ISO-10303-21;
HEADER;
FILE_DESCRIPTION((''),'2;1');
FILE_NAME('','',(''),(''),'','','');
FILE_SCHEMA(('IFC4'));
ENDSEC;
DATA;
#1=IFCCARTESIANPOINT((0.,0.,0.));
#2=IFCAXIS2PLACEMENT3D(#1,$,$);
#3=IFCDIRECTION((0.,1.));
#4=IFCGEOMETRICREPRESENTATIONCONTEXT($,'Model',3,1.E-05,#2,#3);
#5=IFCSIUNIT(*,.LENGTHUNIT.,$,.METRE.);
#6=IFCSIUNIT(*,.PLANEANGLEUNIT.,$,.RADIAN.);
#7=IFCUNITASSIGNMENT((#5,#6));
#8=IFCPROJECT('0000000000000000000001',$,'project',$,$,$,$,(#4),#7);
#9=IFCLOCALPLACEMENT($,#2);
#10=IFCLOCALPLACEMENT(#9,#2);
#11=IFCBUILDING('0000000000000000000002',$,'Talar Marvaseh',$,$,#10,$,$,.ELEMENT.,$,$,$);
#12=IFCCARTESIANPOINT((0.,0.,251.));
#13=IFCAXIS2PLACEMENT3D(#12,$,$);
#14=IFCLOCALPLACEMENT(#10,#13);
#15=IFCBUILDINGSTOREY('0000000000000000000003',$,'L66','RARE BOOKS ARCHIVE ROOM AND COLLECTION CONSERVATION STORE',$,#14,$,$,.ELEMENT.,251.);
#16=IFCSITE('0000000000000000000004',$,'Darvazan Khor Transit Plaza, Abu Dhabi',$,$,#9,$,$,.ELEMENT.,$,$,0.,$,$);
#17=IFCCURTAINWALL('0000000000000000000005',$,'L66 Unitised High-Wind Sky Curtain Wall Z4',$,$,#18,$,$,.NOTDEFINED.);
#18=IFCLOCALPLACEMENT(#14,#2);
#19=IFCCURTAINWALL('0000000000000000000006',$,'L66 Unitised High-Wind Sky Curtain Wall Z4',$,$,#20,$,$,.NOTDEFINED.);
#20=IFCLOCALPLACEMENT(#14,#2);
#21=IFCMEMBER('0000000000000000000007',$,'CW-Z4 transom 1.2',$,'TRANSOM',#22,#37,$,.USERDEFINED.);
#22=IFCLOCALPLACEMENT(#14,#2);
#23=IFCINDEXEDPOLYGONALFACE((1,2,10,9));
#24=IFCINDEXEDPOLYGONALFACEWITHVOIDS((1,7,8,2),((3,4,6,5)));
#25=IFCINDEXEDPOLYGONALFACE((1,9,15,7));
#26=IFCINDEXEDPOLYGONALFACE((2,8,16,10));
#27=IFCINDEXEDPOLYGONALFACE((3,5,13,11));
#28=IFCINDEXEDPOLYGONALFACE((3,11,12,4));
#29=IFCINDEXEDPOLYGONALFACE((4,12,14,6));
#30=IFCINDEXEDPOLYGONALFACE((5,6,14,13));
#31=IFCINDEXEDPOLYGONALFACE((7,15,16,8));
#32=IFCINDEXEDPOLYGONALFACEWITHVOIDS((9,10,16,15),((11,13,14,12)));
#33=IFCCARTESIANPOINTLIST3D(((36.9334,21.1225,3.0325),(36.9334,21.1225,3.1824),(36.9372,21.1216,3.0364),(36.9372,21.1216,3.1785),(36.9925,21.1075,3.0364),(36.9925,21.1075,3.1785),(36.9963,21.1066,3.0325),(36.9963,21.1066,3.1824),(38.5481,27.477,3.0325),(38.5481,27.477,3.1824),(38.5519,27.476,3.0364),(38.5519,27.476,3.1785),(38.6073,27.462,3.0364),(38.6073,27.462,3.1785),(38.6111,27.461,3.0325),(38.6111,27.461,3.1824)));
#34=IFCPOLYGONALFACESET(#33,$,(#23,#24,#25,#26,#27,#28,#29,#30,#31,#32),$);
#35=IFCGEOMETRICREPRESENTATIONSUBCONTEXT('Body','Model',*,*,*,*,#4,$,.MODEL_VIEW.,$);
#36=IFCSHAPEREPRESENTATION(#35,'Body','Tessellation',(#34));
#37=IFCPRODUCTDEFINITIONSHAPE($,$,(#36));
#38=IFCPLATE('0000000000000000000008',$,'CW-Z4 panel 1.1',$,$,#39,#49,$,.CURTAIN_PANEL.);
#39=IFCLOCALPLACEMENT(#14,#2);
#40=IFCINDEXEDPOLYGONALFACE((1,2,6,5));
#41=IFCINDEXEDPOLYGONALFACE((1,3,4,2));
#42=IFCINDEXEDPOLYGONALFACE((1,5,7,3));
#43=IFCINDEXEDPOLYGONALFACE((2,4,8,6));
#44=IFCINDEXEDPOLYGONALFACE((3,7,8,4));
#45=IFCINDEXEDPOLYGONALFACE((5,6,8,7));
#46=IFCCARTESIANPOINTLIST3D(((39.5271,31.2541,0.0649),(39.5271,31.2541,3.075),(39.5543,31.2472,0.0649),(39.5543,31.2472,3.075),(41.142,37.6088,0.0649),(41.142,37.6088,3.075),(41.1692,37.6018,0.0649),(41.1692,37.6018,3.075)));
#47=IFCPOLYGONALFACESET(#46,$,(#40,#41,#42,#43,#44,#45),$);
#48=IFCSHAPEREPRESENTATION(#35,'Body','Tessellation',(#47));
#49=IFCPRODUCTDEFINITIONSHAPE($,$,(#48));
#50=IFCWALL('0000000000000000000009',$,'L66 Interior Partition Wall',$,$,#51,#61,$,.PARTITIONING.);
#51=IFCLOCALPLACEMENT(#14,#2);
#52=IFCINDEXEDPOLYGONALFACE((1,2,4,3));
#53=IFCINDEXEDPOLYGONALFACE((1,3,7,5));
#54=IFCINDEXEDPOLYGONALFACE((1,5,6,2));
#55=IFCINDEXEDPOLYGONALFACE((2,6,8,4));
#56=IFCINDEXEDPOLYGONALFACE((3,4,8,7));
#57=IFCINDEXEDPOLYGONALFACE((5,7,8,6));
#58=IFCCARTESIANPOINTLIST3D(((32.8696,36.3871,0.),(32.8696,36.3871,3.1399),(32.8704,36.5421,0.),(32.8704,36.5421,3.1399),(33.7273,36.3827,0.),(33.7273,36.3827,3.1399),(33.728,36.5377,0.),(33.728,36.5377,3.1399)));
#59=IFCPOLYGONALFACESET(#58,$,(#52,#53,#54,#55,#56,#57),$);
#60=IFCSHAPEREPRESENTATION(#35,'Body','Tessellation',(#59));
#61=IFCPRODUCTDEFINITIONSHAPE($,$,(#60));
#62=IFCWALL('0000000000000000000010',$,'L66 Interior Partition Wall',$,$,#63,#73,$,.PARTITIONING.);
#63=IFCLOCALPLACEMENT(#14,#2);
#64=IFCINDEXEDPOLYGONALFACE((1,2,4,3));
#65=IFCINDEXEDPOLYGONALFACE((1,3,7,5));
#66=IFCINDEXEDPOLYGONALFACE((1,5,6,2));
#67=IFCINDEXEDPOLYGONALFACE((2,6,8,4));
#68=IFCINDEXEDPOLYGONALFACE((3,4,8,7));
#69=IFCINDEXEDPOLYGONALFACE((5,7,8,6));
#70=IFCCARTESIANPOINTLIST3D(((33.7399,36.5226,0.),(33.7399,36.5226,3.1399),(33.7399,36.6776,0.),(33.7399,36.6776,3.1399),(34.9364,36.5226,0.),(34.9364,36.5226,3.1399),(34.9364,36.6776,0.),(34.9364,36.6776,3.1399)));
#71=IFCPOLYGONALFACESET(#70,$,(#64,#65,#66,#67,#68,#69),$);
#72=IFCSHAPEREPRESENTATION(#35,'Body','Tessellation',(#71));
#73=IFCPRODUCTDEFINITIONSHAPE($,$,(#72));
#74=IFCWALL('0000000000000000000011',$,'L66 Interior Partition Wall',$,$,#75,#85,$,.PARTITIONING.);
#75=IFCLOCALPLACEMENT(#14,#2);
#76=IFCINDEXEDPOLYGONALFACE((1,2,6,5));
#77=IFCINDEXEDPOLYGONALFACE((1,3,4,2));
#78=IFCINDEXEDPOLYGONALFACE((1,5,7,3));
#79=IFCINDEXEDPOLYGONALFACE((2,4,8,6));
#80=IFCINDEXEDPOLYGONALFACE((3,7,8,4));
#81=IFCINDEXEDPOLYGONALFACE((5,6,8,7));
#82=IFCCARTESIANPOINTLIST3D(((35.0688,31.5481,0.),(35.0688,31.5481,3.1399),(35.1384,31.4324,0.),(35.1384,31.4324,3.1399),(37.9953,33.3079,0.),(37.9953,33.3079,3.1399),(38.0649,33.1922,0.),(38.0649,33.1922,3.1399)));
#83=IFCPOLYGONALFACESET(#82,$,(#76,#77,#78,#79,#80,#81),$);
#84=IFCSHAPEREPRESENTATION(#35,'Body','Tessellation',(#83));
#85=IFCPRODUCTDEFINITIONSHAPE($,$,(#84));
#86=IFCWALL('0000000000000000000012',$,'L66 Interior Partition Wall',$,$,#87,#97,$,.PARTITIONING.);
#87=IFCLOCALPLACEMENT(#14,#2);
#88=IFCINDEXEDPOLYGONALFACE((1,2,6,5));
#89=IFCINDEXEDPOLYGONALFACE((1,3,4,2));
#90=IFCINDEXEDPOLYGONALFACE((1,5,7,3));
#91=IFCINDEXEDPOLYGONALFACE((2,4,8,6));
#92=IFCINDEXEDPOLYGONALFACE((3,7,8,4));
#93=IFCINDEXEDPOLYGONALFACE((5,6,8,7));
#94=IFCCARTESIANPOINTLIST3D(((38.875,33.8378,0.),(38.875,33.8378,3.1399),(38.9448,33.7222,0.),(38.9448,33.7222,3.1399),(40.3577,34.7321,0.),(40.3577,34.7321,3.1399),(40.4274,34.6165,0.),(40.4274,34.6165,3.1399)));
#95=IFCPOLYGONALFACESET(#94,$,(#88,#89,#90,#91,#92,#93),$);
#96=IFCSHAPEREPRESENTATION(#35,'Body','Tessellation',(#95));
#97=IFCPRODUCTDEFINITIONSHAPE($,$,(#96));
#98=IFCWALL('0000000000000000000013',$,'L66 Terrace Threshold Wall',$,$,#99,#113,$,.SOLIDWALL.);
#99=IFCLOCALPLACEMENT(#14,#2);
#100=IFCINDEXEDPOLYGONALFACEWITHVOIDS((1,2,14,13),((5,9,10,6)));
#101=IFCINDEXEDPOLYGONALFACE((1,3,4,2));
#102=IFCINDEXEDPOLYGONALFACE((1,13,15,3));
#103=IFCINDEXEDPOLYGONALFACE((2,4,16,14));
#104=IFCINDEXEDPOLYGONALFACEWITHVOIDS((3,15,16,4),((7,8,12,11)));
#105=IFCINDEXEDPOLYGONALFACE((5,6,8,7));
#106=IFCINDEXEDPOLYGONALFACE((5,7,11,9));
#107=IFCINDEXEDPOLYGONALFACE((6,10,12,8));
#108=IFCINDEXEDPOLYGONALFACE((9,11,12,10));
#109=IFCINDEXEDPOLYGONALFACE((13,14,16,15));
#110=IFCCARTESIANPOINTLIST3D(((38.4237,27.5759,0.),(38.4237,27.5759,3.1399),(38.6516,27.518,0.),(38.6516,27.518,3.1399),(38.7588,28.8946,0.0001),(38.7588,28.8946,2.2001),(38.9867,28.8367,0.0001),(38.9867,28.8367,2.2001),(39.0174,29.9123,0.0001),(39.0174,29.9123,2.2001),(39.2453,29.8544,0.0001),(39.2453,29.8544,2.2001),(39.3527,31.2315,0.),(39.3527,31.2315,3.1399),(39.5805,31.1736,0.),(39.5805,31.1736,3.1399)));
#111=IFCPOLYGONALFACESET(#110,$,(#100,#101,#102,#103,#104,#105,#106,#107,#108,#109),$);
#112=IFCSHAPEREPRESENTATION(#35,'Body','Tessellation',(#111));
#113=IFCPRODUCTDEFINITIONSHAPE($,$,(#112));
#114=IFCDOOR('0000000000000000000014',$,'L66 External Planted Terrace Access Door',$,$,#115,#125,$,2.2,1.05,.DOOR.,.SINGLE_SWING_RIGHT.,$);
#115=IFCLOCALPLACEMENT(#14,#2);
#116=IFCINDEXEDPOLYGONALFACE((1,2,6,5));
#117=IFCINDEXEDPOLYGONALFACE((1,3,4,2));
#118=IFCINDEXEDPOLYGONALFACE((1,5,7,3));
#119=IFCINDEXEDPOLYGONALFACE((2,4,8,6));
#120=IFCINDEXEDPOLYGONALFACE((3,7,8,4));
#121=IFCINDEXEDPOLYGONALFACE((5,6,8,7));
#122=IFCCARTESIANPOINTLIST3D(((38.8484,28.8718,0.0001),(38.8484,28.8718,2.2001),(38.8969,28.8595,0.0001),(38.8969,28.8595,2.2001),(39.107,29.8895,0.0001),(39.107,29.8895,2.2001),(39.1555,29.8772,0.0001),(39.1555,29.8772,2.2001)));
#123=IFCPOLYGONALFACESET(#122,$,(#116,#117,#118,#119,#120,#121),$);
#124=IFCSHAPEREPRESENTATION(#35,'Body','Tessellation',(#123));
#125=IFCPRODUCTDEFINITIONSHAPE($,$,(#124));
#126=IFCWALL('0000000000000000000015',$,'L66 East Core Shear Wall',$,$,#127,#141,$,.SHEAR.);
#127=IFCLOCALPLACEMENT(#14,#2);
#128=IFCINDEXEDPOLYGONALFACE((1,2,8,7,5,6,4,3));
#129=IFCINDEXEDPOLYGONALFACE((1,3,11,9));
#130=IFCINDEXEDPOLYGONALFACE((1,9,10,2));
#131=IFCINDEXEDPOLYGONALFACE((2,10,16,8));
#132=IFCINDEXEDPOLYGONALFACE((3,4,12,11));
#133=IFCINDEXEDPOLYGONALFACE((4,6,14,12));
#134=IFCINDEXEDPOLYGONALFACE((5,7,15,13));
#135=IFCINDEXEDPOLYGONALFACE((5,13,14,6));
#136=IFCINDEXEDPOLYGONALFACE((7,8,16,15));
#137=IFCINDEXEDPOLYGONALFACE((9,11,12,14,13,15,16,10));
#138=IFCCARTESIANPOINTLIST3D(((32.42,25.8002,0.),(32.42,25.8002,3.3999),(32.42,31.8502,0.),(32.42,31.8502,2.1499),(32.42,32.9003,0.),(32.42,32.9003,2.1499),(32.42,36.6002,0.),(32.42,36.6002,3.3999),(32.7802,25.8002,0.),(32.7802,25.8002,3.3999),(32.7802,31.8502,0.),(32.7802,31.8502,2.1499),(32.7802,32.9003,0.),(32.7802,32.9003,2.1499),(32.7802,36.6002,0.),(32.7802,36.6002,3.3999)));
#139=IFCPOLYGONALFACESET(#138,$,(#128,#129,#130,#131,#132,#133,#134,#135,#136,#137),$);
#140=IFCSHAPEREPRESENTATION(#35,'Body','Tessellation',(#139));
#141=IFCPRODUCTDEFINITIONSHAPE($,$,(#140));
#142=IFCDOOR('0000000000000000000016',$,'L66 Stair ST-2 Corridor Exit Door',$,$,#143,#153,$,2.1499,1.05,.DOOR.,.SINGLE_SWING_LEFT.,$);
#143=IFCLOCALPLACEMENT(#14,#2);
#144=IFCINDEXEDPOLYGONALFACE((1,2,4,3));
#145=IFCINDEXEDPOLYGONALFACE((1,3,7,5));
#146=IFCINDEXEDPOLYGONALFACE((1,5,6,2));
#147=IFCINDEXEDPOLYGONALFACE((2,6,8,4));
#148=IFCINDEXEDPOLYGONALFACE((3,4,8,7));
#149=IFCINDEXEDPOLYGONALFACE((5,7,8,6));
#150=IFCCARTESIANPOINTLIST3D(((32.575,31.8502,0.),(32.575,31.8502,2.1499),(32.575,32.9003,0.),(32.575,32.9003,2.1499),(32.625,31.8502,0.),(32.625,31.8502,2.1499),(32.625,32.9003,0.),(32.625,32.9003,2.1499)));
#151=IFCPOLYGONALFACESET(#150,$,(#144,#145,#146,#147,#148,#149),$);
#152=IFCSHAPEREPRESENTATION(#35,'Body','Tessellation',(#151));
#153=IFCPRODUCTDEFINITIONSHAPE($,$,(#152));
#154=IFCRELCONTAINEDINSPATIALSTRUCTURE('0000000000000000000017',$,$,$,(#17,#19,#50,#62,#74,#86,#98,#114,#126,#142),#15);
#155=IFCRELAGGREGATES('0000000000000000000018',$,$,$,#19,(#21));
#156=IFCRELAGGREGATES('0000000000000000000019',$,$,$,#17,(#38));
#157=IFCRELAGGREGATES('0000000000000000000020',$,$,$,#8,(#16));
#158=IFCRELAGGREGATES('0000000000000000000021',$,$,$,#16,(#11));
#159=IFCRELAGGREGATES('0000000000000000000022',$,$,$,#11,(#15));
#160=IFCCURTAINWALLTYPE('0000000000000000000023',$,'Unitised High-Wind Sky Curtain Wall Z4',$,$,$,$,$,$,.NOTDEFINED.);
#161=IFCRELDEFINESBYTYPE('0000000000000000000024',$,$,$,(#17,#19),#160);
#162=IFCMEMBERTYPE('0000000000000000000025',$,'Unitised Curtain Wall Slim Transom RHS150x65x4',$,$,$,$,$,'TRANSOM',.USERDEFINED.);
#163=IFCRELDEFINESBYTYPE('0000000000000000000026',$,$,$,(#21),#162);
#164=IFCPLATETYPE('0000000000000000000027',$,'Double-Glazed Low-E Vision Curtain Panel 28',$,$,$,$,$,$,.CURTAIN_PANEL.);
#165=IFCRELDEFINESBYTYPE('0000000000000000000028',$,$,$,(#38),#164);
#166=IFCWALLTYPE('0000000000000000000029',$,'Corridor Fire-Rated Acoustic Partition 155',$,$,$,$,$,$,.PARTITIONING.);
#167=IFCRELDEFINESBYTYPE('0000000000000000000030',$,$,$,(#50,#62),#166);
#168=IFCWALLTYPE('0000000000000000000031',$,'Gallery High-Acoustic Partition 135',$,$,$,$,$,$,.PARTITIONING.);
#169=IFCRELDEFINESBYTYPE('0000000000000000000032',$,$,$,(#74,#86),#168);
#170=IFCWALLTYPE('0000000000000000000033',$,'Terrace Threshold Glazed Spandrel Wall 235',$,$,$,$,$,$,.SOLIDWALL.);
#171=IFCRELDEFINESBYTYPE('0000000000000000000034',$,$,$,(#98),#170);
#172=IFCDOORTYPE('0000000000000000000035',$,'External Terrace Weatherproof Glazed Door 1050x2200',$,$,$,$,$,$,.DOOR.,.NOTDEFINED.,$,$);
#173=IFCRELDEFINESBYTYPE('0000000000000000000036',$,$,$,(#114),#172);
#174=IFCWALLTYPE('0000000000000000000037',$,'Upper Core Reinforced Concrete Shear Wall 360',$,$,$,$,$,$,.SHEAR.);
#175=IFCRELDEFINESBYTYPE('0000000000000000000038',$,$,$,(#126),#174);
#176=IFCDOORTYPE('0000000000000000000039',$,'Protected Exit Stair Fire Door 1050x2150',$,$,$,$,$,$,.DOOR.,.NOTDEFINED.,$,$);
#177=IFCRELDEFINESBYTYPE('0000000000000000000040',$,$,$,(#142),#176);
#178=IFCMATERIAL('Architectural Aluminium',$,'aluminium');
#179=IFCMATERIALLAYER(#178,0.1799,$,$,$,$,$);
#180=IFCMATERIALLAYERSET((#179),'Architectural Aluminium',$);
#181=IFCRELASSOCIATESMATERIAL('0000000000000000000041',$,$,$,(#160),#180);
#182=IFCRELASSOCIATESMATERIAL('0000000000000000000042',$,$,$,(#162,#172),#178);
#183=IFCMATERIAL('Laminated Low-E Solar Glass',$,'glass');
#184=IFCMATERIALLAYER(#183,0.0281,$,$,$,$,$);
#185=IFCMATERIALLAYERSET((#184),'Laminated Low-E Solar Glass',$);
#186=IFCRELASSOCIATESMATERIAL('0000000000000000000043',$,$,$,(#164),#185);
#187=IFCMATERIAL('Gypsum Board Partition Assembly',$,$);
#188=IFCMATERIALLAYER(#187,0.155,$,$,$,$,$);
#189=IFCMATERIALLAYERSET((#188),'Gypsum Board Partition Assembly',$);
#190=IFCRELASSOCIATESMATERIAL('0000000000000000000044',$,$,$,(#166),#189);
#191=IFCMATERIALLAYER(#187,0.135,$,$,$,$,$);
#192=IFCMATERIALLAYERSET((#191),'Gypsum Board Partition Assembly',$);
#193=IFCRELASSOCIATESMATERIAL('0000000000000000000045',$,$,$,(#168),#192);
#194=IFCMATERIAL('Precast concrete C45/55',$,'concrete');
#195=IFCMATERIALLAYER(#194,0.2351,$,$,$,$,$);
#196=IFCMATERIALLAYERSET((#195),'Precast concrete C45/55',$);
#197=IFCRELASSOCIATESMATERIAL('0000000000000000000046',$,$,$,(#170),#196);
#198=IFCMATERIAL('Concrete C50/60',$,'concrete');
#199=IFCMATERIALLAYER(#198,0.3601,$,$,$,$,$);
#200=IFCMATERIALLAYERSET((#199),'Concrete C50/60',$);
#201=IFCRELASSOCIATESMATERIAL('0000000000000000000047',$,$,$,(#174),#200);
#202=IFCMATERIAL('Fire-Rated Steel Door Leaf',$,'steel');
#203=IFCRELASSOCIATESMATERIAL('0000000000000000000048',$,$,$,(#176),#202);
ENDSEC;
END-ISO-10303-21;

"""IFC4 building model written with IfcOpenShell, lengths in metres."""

from ifc_helpers import new_model, si_unit, direction, frame, frame_2d, origin, origin_2d, place, context, subcontext, project, spatial, rectangle, hollow_rectangle, extrude, source, transform, mapped, material, layer, layer_set, material_profile, profile_set, type_object, type_shapes, element, fill, aggregate, save


model = new_model("IFC4")

# Units and contexts
model_context = context("Model", 3, precision=1e-05, world=origin(), true_north=direction((0.0, 1.0)))
body_context = subcontext(model_context, "Body", "Model", "MODEL_VIEW")
ifc_project = project(units=[si_unit("LENGTHUNIT", "METRE"), si_unit("PLANEANGLEUNIT", "RADIAN")], contexts=[model_context])

# Site, building, storey
site_placement = place(None, origin())
site = spatial("IfcSite", under=ifc_project, at=site_placement, Name="Darvazan Khor Transit Plaza, Abu Dhabi", CompositionType="ELEMENT", RefElevation=0.0)
building_placement = place(site_placement, origin())
building = spatial("IfcBuilding", under=site, at=building_placement, Name="Talar Marvaseh", CompositionType="ELEMENT")
storey_placement = place(building_placement, frame((0.0, 0.0, 251.0)))
storey = spatial("IfcBuildingStorey", under=building, at=storey_placement, Name="L66", Description="RARE BOOKS ARCHIVE ROOM AND COLLECTION CONSERVATION STORE", CompositionType="ELEMENT", Elevation=251.0)

# Shared definitions
ifc_material_1 = material(Name="Concrete C50/60", Category="concrete")

# Curtain wall
ifc_material_2 = material(Name="Architectural Aluminium", Category="aluminium")
ifc_layer_1 = layer(ifc_material_2, 0.1799)
ifc_layer_set_1 = layer_set([ifc_layer_1], Name="Architectural Aluminium")
curtain_wall_type = type_object("IfcCurtainWallType", Name="Unitised High-Wind Sky Curtain Wall Z4", PredefinedType="NOTDEFINED", material=ifc_layer_set_1)
curtain_wall_1_placement = place(storey_placement, origin())
curtain_wall_1 = element("IfcCurtainWall", 1, at=curtain_wall_1_placement, inside=storey, type_object=curtain_wall_type, Name="L66 Unitised High-Wind Sky Curtain Wall Z4", PredefinedType="NOTDEFINED")

# Curtain wall, member
curtain_wall_2_placement = place(storey_placement, origin())
curtain_wall_2 = element("IfcCurtainWall", 2, at=curtain_wall_2_placement, inside=storey, type_object=curtain_wall_type, Name="L66 Unitised High-Wind Sky Curtain Wall Z4", PredefinedType="NOTDEFINED")
ifc_material_profile_1 = material_profile(ifc_material_2, hollow_rectangle(XDim=0.0649, YDim=0.1499, WallThickness=0.0039, at=origin_2d()), Name="RHS150x65x4")
ifc_profile_set_1 = profile_set([ifc_material_profile_1], Name="Architectural Aluminium")
member_type_1 = type_object("IfcMemberType", Name="Unitised Curtain Wall Slim Transom RHS150x65x4", ElementType="TRANSOM", PredefinedType="USERDEFINED", material=ifc_profile_set_1)
shared_shape_1 = source(origin(), body_context, "Body", "SweptSolid", [
    extrude(hollow_rectangle(XDim=0.0649, YDim=0.1499, WallThickness=0.0039, at=origin_2d()), origin(), (0.0, 0.0, 1.0), 6.5564),
])
type_shapes(member_type_1, [shared_shape_1])
member_1_placement = place(storey_placement, frame((38.5796, 27.469, 3.1074), z_axis=(-0.246284, -0.969198, 0.0), x_axis=(0.969198, -0.246284, 0.0)))
member_1 = element("IfcMember", 3, at=member_1_placement, type_object=member_type_1, Name="CW-Z4 transom 1.2", ObjectType="TRANSOM", PredefinedType="USERDEFINED", context=body_context, shape_type="MappedRepresentation", body=[
    mapped(shared_shape_1, transform((0.0, 0.0, 0.0), x_axis=(1.0, 0.0, 0.0), y_axis=(0.0, 1.0, 0.0), z_axis=(0.0, 0.0, 1.0), scale=1.0)),
])
aggregate(curtain_wall_2, [member_1])

# Plate
ifc_material_3 = material(Name="Laminated Low-E Solar Glass", Category="glass")
ifc_layer_2 = layer(ifc_material_3, 0.0281)
ifc_layer_set_2 = layer_set([ifc_layer_2], Name="Laminated Low-E Solar Glass")
plate_type = type_object("IfcPlateType", Name="Double-Glazed Low-E Vision Curtain Panel 28", PredefinedType="CURTAIN_PANEL", material=ifc_layer_set_2)
shared_shape_2 = source(origin(), body_context, "Body", "SweptSolid", [
    extrude(rectangle(XDim=6.5566, YDim=0.0281, at=origin_2d()), origin(), (0.0, 0.0, 1.0), 3.01),
])
type_shapes(plate_type, [shared_shape_2])
plate_placement = place(storey_placement, frame((40.3481, 34.428, 0.0649), z_axis=(0.0, 0.0, 1.0), x_axis=(-0.246299, -0.969194, 0.0)))
plate = element("IfcPlate", 4, at=plate_placement, type_object=plate_type, Name="CW-Z4 panel 1.1", PredefinedType="CURTAIN_PANEL", context=body_context, shape_type="MappedRepresentation", body=[
    mapped(shared_shape_2, transform((0.0, 0.0, 0.0), x_axis=(1.0, 0.0, 0.0), y_axis=(0.0, 1.0, 0.0), z_axis=(0.0, 0.0, 1.0), scale=1.0)),
])
aggregate(curtain_wall_1, [plate])

# Walls
ifc_material_4 = material(Name="Gypsum Board Partition Assembly")
ifc_layer_3 = layer(ifc_material_4, 0.155)
ifc_layer_set_3 = layer_set([ifc_layer_3], Name="Gypsum Board Partition Assembly")
wall_type_1 = type_object("IfcWallType", Name="Corridor Fire-Rated Acoustic Partition 155", PredefinedType="PARTITIONING", material=ifc_layer_set_3)
wall_1_placement = place(storey_placement, frame((32.8701, 36.4646, 0.0), z_axis=(0.0, 0.0, 1.0), x_axis=(0.999987, -0.005124, 0.0)))
element("IfcWall", 5, at=wall_1_placement, inside=storey, type_object=wall_type_1, Name="L66 Interior Partition Wall", PredefinedType="PARTITIONING", context=body_context, shape_type="SweptSolid", body=[
    extrude(rectangle(XDim=0.8577, YDim=0.155, at=frame_2d((0.4287, 0.0))), origin(), (0.0, 0.0, 1.0), 3.1399),
])
wall_2_placement = place(storey_placement, frame((33.74, 36.6001, 0.0), z_axis=(0.0, 0.0, 1.0), x_axis=(1.0, 0.0, 0.0)))
element("IfcWall", 6, at=wall_2_placement, inside=storey, type_object=wall_type_1, Name="L66 Interior Partition Wall", PredefinedType="PARTITIONING", context=body_context, shape_type="SweptSolid", body=[
    extrude(rectangle(XDim=1.1965, YDim=0.155, at=frame_2d((0.5981, 0.0))), origin(), (0.0, 0.0, 1.0), 3.1399),
])
ifc_layer_4 = layer(ifc_material_4, 0.135)
ifc_layer_set_4 = layer_set([ifc_layer_4], Name="Gypsum Board Partition Assembly")
wall_type_2 = type_object("IfcWallType", Name="Gallery High-Acoustic Partition 135", PredefinedType="PARTITIONING", material=ifc_layer_set_4)
wall_3_placement = place(storey_placement, frame((35.1035, 31.4902, 0.0), z_axis=(0.0, 0.0, 1.0), x_axis=(0.856994, 0.515326, 0.0)))
element("IfcWall", 7, at=wall_3_placement, inside=storey, type_object=wall_type_2, Name="L66 Interior Partition Wall", PredefinedType="PARTITIONING", context=body_context, shape_type="SweptSolid", body=[
    extrude(rectangle(XDim=3.4148, YDim=0.135, at=frame_2d((1.7075, 0.0))), origin(), (0.0, 0.0, 1.0), 3.1399),
])
wall_4_placement = place(storey_placement, frame((38.9099, 33.78, 0.0), z_axis=(0.0, 0.0, 1.0), x_axis=(0.856296, 0.516485, 0.0)))
element("IfcWall", 8, at=wall_4_placement, inside=storey, type_object=wall_type_2, Name="L66 Interior Partition Wall", PredefinedType="PARTITIONING", context=body_context, shape_type="SweptSolid", body=[
    extrude(rectangle(XDim=1.7314, YDim=0.135, at=frame_2d((0.8657, 0.0))), origin(), (0.0, 0.0, 1.0), 3.1399),
])

# Walls, openings, doors
ifc_material_5 = material(Name="Precast concrete C45/55", Category="concrete")
ifc_layer_5 = layer(ifc_material_5, 0.2351)
ifc_layer_set_5 = layer_set([ifc_layer_5], Name="Precast concrete C45/55")
wall_type_3 = type_object("IfcWallType", Name="Terrace Threshold Glazed Spandrel Wall 235", PredefinedType="SOLIDWALL", material=ifc_layer_set_5)
wall_5_placement = place(storey_placement, frame((39.4666, 31.2024, 0.0), z_axis=(0.0, 0.0, 1.0), x_axis=(-0.246296, -0.969195, 0.0)))
wall_5 = element("IfcWall", 9, at=wall_5_placement, inside=storey, type_object=wall_type_3, Name="L66 Terrace Threshold Wall", PredefinedType="SOLIDWALL", context=body_context, shape_type="SweptSolid", body=[
    extrude(rectangle(XDim=3.7717, YDim=0.2351, at=frame_2d((1.8857, 0.0))), origin(), (0.0, 0.0, 1.0), 3.1399),
])
opening_1_placement = place(wall_5_placement, frame((1.3611, 0.0, 0.0)))
opening_1 = element("IfcOpeningElement", 10, at=opening_1_placement, cuts=wall_5, PredefinedType="OPENING", context=body_context, shape_type="SweptSolid", body=[
    extrude(rectangle(XDim=1.05, YDim=2.2, at=frame_2d((0.5249, 1.1001))), frame((0.0, 0.1274, 0.0), z_axis=(0.0, -1.0, 0.0), x_axis=(1.0, 0.0, 0.0)), (0.0, 0.0, 1.0), 0.2551),
])
door_type_1 = type_object("IfcDoorType", Name="External Terrace Weatherproof Glazed Door 1050x2200", OperationType="NOTDEFINED", PredefinedType="DOOR", material=ifc_material_2)
shared_shape_3 = source(origin(), body_context, "Body", "SweptSolid", [
    extrude(rectangle(XDim=1.05, YDim=2.2, at=frame_2d((0.5249, 1.1001))), frame((0.0, 0.0249, 0.0), z_axis=(0.0, -1.0, 0.0), x_axis=(1.0, 0.0, 0.0)), (0.0, 0.0, 1.0), 0.05),
])
type_shapes(door_type_1, [shared_shape_3])
door_1_placement = place(opening_1_placement, origin())
door_1 = element("IfcDoor", 11, at=door_1_placement, inside=storey, type_object=door_type_1, Name="L66 External Planted Terrace Access Door", OperationType="SINGLE_SWING_RIGHT", OverallHeight=2.2, OverallWidth=1.05, PredefinedType="DOOR", context=body_context, shape_type="MappedRepresentation", body=[
    mapped(shared_shape_3, transform((0.0, 0.0, 0.0), x_axis=(1.0, 0.0, 0.0), y_axis=(0.0, 1.0, 0.0), z_axis=(0.0, 0.0, 1.0), scale=1.0)),
])
fill(opening_1, door_1)
ifc_layer_6 = layer(ifc_material_1, 0.3601)
ifc_layer_set_6 = layer_set([ifc_layer_6], Name="Concrete C50/60")
wall_type_4 = type_object("IfcWallType", Name="Upper Core Reinforced Concrete Shear Wall 360", PredefinedType="SHEAR", material=ifc_layer_set_6)
wall_6_placement = place(storey_placement, frame((32.6001, 36.6001, 0.0), z_axis=(0.0, 0.0, 1.0), x_axis=(0.0, -1.0, 0.0)))
wall_6 = element("IfcWall", 12, at=wall_6_placement, inside=storey, type_object=wall_type_4, Name="L66 East Core Shear Wall", PredefinedType="SHEAR", context=body_context, shape_type="SweptSolid", body=[
    extrude(rectangle(XDim=10.8, YDim=0.3601, at=frame_2d((5.3999, 0.0))), origin(), (0.0, 0.0, 1.0), 3.3999),
])
opening_2_placement = place(wall_6_placement, frame((3.7, 0.0, 0.0)))
opening_2 = element("IfcOpeningElement", 13, at=opening_2_placement, cuts=wall_6, PredefinedType="OPENING", context=body_context, shape_type="SweptSolid", body=[
    extrude(rectangle(XDim=1.05, YDim=2.1499, at=frame_2d((0.5249, 1.075))), frame((0.0, 0.1899, 0.0), z_axis=(0.0, -1.0, 0.0), x_axis=(1.0, 0.0, 0.0)), (0.0, 0.0, 1.0), 0.3801),
])
ifc_material_6 = material(Name="Fire-Rated Steel Door Leaf", Category="steel")
door_type_2 = type_object("IfcDoorType", Name="Protected Exit Stair Fire Door 1050x2150", OperationType="NOTDEFINED", PredefinedType="DOOR", material=ifc_material_6)
shared_shape_4 = source(origin(), body_context, "Body", "SweptSolid", [
    extrude(rectangle(XDim=1.05, YDim=2.1499, at=frame_2d((0.5249, 1.075))), frame((0.0, 0.0249, 0.0), z_axis=(0.0, -1.0, 0.0), x_axis=(1.0, 0.0, 0.0)), (0.0, 0.0, 1.0), 0.05),
])
type_shapes(door_type_2, [shared_shape_4])
door_2_placement = place(opening_2_placement, origin())
door_2 = element("IfcDoor", 14, at=door_2_placement, inside=storey, type_object=door_type_2, Name="L66 Stair ST-2 Corridor Exit Door", OperationType="SINGLE_SWING_LEFT", OverallHeight=2.1499, OverallWidth=1.05, PredefinedType="DOOR", context=body_context, shape_type="MappedRepresentation", body=[
    mapped(shared_shape_4, transform((0.0, 0.0, 0.0), x_axis=(1.0, 0.0, 0.0), y_axis=(0.0, 1.0, 0.0), z_axis=(0.0, 0.0, 1.0), scale=1.0)),
])
fill(opening_2, door_2)

save(model, "model.ifc")
